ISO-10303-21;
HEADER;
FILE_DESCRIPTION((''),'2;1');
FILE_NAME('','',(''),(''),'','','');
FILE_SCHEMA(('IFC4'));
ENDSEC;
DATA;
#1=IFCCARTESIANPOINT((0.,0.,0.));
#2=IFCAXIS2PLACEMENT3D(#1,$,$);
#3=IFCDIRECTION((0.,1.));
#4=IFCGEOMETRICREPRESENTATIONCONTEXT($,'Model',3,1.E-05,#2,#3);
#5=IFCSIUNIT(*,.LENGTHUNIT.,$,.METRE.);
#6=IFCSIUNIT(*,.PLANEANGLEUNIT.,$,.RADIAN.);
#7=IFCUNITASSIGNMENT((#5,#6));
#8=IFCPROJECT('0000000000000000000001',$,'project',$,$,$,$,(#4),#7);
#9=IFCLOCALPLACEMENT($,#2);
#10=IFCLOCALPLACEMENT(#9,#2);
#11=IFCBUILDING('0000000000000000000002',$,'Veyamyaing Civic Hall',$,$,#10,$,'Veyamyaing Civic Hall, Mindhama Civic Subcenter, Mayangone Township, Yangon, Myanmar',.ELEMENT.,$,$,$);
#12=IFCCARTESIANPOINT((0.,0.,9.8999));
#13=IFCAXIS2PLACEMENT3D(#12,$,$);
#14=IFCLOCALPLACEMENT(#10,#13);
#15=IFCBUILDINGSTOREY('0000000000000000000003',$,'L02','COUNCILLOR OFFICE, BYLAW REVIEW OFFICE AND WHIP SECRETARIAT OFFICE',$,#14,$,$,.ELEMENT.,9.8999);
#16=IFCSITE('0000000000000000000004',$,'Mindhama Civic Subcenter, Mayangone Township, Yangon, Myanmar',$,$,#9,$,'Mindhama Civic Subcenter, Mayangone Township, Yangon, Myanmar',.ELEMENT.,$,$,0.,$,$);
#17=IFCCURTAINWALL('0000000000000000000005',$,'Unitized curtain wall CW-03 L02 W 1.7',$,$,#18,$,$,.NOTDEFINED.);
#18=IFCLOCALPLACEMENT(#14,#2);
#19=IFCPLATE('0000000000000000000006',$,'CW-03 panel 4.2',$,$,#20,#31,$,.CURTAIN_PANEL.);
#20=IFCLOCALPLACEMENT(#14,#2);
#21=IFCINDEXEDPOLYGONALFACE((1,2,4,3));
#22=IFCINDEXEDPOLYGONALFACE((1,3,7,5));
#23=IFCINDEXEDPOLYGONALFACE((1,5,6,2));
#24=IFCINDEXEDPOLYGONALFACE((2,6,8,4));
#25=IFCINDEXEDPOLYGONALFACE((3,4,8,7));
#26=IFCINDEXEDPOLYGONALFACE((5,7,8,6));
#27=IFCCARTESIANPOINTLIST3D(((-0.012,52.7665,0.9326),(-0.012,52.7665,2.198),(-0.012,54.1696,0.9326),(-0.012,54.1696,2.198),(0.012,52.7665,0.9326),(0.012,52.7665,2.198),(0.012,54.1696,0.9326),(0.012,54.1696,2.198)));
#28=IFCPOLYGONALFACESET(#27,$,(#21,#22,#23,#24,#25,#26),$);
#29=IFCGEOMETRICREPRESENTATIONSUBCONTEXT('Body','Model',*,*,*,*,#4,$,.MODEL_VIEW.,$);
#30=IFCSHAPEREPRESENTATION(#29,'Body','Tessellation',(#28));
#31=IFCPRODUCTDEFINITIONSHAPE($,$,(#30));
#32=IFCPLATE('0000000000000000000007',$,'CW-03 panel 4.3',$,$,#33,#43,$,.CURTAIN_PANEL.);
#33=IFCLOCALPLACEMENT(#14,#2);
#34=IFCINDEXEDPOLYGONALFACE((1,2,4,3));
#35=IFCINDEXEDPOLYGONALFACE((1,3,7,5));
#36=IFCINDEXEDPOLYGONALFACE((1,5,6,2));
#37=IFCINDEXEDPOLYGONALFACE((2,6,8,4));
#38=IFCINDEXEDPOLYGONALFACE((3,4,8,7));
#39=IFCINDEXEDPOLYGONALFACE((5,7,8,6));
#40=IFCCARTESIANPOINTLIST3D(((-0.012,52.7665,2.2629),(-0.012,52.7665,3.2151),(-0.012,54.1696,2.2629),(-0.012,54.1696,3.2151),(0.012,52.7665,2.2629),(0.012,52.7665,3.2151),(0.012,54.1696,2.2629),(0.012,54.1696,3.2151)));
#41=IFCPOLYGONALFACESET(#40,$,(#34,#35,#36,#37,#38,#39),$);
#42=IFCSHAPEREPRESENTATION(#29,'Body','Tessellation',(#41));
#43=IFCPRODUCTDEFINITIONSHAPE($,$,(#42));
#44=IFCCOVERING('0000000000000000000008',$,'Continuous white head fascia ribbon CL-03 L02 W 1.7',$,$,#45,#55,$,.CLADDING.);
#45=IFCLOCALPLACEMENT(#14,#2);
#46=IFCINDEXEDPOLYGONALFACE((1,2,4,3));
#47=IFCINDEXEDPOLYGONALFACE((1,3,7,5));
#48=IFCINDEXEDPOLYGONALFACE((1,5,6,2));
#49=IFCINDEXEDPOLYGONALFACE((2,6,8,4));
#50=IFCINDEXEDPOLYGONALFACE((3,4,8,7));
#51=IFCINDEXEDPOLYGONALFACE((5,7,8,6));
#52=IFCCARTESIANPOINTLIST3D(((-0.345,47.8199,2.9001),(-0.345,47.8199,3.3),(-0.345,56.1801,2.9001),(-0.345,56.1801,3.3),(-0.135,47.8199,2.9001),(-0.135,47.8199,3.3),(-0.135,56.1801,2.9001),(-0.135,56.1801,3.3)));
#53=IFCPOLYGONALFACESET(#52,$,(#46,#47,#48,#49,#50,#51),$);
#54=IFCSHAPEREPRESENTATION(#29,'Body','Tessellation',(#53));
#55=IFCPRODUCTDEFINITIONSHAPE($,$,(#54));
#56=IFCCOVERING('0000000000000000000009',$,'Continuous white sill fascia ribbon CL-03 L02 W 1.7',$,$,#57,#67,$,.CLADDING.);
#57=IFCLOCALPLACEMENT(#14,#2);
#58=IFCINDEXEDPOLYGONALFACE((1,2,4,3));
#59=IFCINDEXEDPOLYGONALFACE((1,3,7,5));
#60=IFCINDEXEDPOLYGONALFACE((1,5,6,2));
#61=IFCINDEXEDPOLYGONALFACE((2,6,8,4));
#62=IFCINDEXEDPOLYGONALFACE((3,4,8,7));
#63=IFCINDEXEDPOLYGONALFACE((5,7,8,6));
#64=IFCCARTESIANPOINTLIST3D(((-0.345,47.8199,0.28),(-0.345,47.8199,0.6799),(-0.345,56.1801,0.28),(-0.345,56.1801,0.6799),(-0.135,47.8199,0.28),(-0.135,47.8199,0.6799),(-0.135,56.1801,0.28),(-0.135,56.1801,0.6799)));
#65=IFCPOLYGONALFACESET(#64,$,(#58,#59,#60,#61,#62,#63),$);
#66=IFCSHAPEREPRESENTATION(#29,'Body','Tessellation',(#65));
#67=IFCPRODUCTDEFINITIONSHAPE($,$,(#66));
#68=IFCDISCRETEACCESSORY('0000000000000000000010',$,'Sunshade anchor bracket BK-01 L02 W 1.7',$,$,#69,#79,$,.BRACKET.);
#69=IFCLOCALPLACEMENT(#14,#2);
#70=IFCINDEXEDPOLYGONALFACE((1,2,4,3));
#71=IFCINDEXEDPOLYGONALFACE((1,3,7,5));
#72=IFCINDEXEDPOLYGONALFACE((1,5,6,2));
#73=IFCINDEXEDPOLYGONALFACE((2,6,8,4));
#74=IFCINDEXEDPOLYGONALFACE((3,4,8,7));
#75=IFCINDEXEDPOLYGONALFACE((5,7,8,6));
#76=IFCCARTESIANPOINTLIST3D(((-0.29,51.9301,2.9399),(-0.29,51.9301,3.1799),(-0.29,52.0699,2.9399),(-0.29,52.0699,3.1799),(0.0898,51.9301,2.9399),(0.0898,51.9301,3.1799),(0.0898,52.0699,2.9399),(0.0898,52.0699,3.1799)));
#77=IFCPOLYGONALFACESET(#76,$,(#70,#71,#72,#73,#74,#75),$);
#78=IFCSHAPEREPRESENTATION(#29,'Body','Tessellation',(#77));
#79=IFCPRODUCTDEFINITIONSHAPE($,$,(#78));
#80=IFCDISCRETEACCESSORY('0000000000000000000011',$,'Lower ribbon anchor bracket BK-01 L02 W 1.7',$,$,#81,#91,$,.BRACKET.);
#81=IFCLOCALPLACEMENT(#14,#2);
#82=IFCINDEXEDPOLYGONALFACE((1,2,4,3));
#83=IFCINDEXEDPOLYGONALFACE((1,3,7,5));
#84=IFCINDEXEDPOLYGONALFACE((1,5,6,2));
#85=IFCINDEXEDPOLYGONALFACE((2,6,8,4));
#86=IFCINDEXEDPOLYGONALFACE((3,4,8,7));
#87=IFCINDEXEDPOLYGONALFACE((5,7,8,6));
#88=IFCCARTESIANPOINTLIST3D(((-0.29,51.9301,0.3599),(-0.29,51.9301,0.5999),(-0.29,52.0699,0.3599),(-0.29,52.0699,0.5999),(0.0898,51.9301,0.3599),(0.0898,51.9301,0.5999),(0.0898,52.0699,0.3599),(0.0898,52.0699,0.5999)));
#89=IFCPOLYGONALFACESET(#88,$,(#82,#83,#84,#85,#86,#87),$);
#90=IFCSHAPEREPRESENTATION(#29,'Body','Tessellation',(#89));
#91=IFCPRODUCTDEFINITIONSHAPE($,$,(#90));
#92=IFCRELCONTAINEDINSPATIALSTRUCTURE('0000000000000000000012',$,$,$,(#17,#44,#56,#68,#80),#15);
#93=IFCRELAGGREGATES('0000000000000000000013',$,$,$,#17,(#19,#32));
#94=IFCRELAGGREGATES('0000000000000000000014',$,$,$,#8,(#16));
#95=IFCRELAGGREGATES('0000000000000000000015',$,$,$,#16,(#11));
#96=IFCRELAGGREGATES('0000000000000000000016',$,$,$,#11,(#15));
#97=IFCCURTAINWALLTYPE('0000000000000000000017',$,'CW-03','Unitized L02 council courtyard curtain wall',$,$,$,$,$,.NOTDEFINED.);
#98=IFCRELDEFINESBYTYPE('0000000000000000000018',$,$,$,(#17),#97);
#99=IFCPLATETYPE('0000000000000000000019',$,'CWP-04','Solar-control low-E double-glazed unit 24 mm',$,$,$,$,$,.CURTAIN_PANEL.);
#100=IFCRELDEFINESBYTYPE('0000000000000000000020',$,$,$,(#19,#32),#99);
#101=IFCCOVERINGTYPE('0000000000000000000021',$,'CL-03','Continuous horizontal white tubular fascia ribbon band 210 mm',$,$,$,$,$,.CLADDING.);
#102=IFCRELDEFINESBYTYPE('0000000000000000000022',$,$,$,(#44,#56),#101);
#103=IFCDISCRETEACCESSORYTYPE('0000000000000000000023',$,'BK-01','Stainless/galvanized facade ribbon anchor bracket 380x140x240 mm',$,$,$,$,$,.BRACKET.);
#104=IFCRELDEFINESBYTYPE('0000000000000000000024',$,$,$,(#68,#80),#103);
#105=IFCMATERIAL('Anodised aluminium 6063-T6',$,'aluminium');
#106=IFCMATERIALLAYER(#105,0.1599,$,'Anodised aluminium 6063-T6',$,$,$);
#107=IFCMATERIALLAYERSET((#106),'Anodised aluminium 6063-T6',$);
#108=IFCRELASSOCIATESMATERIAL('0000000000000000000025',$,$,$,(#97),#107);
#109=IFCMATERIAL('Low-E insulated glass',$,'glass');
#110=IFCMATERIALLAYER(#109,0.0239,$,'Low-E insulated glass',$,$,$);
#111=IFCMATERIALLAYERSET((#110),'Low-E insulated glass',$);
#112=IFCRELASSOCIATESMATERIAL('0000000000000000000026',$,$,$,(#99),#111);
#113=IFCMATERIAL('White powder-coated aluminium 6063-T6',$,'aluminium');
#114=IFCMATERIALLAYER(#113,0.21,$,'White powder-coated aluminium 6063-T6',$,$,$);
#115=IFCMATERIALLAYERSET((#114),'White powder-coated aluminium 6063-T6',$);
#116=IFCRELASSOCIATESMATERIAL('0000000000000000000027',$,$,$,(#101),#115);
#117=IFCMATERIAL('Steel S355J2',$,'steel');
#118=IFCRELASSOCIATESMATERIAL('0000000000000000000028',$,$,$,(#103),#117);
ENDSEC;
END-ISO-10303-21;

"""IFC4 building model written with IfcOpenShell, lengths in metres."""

from ifc_helpers import new_model, si_unit, direction, frame, origin, origin_2d, place, context, subcontext, project, spatial, rectangle, extrude, material, layer, layer_set, type_object, element, aggregate, save


model = new_model("IFC4")

# Units and contexts
model_context = context("Model", 3, precision=1e-05, world=origin(), true_north=direction((0.0, 1.0)))
body_context = subcontext(model_context, "Body", "Model", "MODEL_VIEW")
ifc_project = project(units=[si_unit("LENGTHUNIT", "METRE"), si_unit("PLANEANGLEUNIT", "RADIAN")], contexts=[model_context])

# Site, building, storey
site_placement = place(None, origin())
site = spatial("IfcSite", under=ifc_project, at=site_placement, Name="Mindhama Civic Subcenter, Mayangone Township, Yangon, Myanmar", LongName="Mindhama Civic Subcenter, Mayangone Township, Yangon, Myanmar", CompositionType="ELEMENT", RefElevation=0.0)
building_placement = place(site_placement, origin())
building = spatial("IfcBuilding", under=site, at=building_placement, Name="Veyamyaing Civic Hall", LongName="Veyamyaing Civic Hall, Mindhama Civic Subcenter, Mayangone Township, Yangon, Myanmar", CompositionType="ELEMENT")
storey_placement = place(building_placement, frame((0.0, 0.0, 9.8999)))
storey = spatial("IfcBuildingStorey", under=building, at=storey_placement, Name="L02", Description="COUNCILLOR OFFICE, BYLAW REVIEW OFFICE AND WHIP SECRETARIAT OFFICE", CompositionType="ELEMENT", Elevation=9.8999)

# Curtain wall, plates
ifc_material_1 = material(Name="Anodised aluminium 6063-T6", Category="aluminium")
ifc_layer_1 = layer(ifc_material_1, 0.1599, Name="Anodised aluminium 6063-T6")
ifc_layer_set_1 = layer_set([ifc_layer_1], Name="Anodised aluminium 6063-T6")
curtain_wall_type = type_object("IfcCurtainWallType", Name="CW-03", Description="Unitized L02 council courtyard curtain wall", PredefinedType="NOTDEFINED", material=ifc_layer_set_1)
curtain_wall_placement = place(storey_placement, origin())
curtain_wall = element("IfcCurtainWall", 1, at=curtain_wall_placement, inside=storey, type_object=curtain_wall_type, Name="Unitized curtain wall CW-03 L02 W 1.7", PredefinedType="NOTDEFINED")
ifc_material_2 = material(Name="Low-E insulated glass", Category="glass")
ifc_layer_2 = layer(ifc_material_2, 0.0239, Name="Low-E insulated glass")
ifc_layer_set_2 = layer_set([ifc_layer_2], Name="Low-E insulated glass")
plate_type = type_object("IfcPlateType", Name="CWP-04", Description="Solar-control low-E double-glazed unit 24 mm", PredefinedType="CURTAIN_PANEL", material=ifc_layer_set_2)
plate_1_placement = place(storey_placement, frame((0.0, 53.468, 0.9326), z_axis=(0.0, 0.0, 1.0), x_axis=(0.0, 1.0, 0.0)))
plate_1 = element("IfcPlate", 2, at=plate_1_placement, type_object=plate_type, Name="CW-03 panel 4.2", PredefinedType="CURTAIN_PANEL", context=body_context, shape_type="SweptSolid", body=[
    extrude(rectangle(XDim=1.4031, YDim=0.0239, at=origin_2d()), origin(), (0.0, 0.0, 1.0), 1.2654),
])
plate_2_placement = place(storey_placement, frame((0.0, 53.468, 2.2629), z_axis=(0.0, 0.0, 1.0), x_axis=(0.0, 1.0, 0.0)))
plate_2 = element("IfcPlate", 3, at=plate_2_placement, type_object=plate_type, Name="CW-03 panel 4.3", PredefinedType="CURTAIN_PANEL", context=body_context, shape_type="SweptSolid", body=[
    extrude(rectangle(XDim=1.4031, YDim=0.0239, at=origin_2d()), origin(), (0.0, 0.0, 1.0), 0.9521),
])
aggregate(curtain_wall, [plate_1, plate_2])

# Coverings
ifc_material_3 = material(Name="White powder-coated aluminium 6063-T6", Category="aluminium")
ifc_layer_3 = layer(ifc_material_3, 0.21, Name="White powder-coated aluminium 6063-T6")
ifc_layer_set_3 = layer_set([ifc_layer_3], Name="White powder-coated aluminium 6063-T6")
covering_type = type_object("IfcCoveringType", Name="CL-03", Description="Continuous horizontal white tubular fascia ribbon band 210 mm", PredefinedType="CLADDING", material=ifc_layer_set_3)
for number, where, z_axis, x_axis, name in (
    (4, (-0.24, 52.0, 2.9001), (0.0, 0.0, 1.0), (0.0, 1.0, 0.0), "Continuous white head fascia ribbon CL-03 L02 W 1.7"),
    (5, (-0.24, 52.0, 0.28), (0.0, 0.0, 1.0), (0.0, 1.0, 0.0), "Continuous white sill fascia ribbon CL-03 L02 W 1.7"),
):
    element("IfcCovering", number, at=place(storey_placement, frame(where, z_axis=z_axis, x_axis=x_axis)), inside=storey, type_object=covering_type, Name=name, PredefinedType="CLADDING", context=body_context, shape_type="SweptSolid", body=[
        extrude(rectangle(XDim=8.3601, YDim=0.21, at=origin_2d()), origin(), (0.0, 0.0, 1.0), 0.3999),
    ])

# Discrete accessories
ifc_material_4 = material(Name="Steel S355J2", Category="steel")
discrete_accessory_type = type_object("IfcDiscreteAccessoryType", Name="BK-01", Description="Stainless/galvanized facade ribbon anchor bracket 380x140x240 mm", PredefinedType="BRACKET", material=ifc_material_4)
for number, where, z_axis, x_axis, name in (
    (6, (-0.1001, 52.0, 2.9399), (0.0, 0.0, 1.0), (-1.0, 0.0, 0.0), "Sunshade anchor bracket BK-01 L02 W 1.7"),
    (7, (-0.1001, 52.0, 0.3599), (0.0, 0.0, 1.0), (-1.0, 0.0, 0.0), "Lower ribbon anchor bracket BK-01 L02 W 1.7"),
):
    element("IfcDiscreteAccessory", number, at=place(storey_placement, frame(where, z_axis=z_axis, x_axis=x_axis)), inside=storey, type_object=discrete_accessory_type, Name=name, PredefinedType="BRACKET", context=body_context, shape_type="SweptSolid", body=[
        extrude(rectangle(XDim=0.3799, YDim=0.1399, at=origin_2d()), origin(), (0.0, 0.0, 1.0), 0.24),
    ])

save(model, "model.ifc")
